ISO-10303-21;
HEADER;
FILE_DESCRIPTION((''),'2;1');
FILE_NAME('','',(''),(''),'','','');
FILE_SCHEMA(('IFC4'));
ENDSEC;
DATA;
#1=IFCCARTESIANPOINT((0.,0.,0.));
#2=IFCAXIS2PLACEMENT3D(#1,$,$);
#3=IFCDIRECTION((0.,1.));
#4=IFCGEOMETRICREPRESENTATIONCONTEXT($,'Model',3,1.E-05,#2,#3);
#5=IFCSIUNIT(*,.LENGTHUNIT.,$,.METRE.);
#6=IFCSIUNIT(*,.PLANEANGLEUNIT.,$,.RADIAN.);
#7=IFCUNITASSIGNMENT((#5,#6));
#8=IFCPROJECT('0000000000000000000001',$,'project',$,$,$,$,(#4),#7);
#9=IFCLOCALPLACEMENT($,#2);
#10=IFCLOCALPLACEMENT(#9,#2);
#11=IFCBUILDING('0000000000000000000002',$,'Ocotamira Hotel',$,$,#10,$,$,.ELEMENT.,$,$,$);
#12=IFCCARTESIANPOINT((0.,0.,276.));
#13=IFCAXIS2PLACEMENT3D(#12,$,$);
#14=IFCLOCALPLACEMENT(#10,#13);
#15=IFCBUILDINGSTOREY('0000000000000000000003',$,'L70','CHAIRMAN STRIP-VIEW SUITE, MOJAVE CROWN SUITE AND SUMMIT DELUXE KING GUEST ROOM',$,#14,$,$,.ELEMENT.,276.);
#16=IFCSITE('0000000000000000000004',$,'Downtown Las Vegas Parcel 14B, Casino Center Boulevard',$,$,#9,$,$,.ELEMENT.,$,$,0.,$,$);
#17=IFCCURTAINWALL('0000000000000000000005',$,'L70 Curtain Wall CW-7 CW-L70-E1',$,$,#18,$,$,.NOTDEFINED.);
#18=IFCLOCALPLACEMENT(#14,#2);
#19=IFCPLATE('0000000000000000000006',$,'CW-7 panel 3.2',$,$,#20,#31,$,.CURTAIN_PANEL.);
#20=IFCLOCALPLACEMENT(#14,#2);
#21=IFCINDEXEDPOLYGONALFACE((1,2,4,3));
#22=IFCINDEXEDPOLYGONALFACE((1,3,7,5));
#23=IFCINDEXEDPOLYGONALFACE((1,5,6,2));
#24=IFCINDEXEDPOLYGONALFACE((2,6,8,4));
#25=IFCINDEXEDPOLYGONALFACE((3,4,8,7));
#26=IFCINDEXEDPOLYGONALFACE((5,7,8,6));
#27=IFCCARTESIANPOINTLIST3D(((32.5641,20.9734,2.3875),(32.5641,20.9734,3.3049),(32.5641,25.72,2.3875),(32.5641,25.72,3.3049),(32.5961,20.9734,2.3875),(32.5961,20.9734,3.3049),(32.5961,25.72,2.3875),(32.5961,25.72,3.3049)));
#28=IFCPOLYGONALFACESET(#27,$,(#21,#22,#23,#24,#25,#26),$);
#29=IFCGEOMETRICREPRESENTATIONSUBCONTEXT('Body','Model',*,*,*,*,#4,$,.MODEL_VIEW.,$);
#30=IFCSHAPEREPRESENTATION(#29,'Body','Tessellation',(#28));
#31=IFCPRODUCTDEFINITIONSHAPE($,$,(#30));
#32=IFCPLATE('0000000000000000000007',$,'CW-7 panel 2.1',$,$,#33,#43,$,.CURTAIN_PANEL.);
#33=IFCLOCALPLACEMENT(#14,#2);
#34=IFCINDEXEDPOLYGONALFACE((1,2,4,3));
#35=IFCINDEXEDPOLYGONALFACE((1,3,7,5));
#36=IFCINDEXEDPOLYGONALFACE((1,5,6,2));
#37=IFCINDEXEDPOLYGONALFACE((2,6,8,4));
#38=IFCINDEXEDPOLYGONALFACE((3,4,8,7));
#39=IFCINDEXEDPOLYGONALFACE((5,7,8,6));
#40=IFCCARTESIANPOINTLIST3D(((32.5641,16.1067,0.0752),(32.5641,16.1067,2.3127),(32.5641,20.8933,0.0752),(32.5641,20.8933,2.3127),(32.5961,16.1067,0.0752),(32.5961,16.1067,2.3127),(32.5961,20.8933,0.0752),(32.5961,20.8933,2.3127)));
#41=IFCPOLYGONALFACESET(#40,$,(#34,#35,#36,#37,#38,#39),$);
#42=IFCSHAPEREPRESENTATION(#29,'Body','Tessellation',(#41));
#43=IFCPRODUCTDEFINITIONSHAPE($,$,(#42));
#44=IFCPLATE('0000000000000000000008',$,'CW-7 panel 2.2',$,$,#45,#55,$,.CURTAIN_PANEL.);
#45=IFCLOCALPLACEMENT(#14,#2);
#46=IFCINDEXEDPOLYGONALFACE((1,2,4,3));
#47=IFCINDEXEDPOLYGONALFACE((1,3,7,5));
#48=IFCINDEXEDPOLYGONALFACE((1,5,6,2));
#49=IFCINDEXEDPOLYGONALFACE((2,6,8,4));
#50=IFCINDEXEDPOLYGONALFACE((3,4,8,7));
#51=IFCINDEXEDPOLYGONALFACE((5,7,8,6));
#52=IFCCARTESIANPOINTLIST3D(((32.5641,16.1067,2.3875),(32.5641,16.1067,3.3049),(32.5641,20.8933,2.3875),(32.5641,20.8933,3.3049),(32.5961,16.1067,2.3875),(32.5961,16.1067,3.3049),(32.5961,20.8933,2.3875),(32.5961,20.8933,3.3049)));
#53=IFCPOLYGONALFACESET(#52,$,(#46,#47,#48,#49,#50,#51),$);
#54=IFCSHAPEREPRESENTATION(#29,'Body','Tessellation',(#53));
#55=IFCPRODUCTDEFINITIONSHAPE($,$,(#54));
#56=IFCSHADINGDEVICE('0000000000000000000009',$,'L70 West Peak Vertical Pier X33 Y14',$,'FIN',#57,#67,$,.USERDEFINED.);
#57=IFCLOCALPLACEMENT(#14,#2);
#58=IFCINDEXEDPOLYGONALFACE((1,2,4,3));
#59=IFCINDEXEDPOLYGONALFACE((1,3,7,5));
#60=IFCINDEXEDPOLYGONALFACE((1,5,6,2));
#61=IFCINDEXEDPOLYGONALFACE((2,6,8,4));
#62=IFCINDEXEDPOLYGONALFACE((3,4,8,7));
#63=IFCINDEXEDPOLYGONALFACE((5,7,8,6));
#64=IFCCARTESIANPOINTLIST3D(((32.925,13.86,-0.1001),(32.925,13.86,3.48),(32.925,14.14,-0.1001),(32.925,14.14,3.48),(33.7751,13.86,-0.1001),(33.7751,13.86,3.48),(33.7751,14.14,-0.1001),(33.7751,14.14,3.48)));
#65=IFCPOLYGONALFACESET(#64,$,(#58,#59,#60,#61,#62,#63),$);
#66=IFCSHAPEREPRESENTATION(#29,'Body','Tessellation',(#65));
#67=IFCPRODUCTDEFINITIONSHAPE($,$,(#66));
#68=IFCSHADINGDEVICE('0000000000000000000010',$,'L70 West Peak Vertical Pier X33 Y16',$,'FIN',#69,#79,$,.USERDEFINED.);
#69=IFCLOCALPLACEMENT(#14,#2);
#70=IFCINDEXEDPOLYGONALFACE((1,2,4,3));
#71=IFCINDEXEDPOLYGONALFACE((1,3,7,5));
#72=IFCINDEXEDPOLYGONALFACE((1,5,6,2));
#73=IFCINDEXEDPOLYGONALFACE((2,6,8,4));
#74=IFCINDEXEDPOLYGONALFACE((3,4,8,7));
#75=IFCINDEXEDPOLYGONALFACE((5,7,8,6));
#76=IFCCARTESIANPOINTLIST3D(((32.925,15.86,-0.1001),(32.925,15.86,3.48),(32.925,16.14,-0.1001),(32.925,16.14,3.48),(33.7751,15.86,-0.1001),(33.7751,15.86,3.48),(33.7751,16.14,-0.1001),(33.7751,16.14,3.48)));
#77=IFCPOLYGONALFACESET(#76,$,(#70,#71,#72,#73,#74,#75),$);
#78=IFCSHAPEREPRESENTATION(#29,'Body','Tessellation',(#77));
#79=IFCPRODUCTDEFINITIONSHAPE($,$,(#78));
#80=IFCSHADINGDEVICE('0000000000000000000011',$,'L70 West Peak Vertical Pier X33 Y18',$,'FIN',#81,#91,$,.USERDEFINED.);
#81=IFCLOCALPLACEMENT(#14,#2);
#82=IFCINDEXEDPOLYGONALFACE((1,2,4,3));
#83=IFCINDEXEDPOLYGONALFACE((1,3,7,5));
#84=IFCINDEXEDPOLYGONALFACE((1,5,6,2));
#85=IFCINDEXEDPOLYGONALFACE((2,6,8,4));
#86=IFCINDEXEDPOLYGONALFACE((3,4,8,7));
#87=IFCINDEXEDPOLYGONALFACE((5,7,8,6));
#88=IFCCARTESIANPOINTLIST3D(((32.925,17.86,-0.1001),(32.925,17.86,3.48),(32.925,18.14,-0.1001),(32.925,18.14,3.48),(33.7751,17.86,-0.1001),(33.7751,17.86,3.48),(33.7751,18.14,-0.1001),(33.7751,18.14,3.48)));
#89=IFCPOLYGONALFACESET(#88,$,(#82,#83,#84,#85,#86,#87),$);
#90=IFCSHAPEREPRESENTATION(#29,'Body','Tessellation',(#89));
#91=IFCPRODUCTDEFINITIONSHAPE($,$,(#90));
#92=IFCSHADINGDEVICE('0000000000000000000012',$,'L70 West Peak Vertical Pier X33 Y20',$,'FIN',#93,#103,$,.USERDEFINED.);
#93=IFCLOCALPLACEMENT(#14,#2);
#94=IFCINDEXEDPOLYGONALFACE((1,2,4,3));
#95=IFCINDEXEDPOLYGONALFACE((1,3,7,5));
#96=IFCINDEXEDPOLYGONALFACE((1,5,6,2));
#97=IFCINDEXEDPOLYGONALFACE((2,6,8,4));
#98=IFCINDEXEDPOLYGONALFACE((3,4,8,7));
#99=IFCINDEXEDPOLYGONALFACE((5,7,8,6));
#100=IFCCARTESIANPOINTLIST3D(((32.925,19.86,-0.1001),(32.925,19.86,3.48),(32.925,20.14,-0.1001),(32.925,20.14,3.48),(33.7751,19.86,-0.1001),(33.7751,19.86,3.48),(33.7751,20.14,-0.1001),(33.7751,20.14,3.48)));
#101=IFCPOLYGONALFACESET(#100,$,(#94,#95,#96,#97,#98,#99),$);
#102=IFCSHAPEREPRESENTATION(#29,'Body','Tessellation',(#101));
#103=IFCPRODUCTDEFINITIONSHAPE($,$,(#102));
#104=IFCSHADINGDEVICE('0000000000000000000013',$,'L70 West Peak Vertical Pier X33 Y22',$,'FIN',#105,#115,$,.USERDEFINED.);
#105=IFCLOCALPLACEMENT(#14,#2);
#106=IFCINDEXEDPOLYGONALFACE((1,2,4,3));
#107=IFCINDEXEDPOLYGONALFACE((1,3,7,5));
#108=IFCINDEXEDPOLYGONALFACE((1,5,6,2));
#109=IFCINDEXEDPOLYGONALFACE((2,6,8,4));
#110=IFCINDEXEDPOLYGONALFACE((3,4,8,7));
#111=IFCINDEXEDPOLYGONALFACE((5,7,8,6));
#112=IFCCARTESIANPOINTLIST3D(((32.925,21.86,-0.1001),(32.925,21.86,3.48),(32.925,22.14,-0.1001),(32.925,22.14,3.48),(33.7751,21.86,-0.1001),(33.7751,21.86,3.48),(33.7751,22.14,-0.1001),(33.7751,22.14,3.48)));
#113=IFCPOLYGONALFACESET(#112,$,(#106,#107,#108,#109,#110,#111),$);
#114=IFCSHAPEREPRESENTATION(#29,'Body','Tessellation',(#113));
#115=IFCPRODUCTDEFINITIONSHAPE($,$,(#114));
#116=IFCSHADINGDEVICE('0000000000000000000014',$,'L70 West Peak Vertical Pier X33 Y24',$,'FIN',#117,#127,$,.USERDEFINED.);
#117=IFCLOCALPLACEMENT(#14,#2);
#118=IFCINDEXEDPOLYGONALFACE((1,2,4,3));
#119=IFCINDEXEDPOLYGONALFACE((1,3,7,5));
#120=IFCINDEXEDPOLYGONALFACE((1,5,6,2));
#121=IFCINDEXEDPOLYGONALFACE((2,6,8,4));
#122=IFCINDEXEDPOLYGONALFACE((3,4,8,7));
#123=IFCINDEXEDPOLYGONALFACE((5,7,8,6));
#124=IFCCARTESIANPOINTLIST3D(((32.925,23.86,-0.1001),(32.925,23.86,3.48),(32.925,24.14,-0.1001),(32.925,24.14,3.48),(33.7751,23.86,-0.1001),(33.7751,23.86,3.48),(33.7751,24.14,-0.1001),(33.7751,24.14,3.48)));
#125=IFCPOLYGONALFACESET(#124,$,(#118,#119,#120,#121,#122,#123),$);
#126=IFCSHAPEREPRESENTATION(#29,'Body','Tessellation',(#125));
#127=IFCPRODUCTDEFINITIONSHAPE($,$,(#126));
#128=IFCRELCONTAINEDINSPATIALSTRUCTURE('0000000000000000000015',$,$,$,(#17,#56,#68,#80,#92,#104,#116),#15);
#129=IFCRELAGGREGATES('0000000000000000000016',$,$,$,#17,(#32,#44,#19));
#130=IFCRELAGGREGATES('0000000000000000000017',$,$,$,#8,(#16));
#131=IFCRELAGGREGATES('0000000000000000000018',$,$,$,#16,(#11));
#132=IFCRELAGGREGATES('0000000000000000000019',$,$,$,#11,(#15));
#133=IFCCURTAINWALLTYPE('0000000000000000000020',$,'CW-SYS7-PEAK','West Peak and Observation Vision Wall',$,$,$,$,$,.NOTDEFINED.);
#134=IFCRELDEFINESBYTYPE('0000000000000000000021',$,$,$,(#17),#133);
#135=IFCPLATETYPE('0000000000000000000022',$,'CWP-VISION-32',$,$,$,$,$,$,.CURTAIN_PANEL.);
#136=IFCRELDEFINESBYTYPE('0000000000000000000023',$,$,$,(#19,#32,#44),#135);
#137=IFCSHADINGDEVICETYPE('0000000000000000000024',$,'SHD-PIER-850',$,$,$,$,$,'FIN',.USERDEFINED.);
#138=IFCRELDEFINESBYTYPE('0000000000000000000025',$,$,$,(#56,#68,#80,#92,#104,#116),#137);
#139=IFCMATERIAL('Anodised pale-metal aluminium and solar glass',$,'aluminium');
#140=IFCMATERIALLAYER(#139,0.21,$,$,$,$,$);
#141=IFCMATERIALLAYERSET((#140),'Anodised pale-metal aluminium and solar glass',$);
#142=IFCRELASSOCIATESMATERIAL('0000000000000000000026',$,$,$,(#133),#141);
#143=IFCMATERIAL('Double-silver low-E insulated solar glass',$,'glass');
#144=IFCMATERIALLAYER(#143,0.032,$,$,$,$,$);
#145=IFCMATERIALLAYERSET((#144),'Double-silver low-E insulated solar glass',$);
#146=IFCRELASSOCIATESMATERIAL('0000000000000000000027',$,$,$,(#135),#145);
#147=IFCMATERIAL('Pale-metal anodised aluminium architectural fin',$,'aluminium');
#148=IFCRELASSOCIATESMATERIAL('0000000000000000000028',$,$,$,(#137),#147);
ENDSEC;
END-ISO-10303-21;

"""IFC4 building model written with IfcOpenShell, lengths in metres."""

from ifc_helpers import new_model, si_unit, direction, frame, origin, origin_2d, place, context, subcontext, project, spatial, rectangle, extrude, source, transform, mapped, material, layer, layer_set, type_object, element, aggregate, save


model = new_model("IFC4")

# Units and contexts
model_context = context("Model", 3, precision=1e-05, world=origin(), true_north=direction((0.0, 1.0)))
body_context = subcontext(model_context, "Body", "Model", "MODEL_VIEW")
ifc_project = project(units=[si_unit("LENGTHUNIT", "METRE"), si_unit("PLANEANGLEUNIT", "RADIAN")], contexts=[model_context])

# Site, building, storey
site_placement = place(None, origin())
site = spatial("IfcSite", under=ifc_project, at=site_placement, Name="Downtown Las Vegas Parcel 14B, Casino Center Boulevard", CompositionType="ELEMENT", RefElevation=0.0)
building_placement = place(site_placement, origin())
building = spatial("IfcBuilding", under=site, at=building_placement, Name="Ocotamira Hotel", CompositionType="ELEMENT")
storey_placement = place(building_placement, frame((0.0, 0.0, 276.0)))
storey = spatial("IfcBuildingStorey", under=building, at=storey_placement, Name="L70", Description="CHAIRMAN STRIP-VIEW SUITE, MOJAVE CROWN SUITE AND SUMMIT DELUXE KING GUEST ROOM", CompositionType="ELEMENT", Elevation=276.0)

# Curtain wall, plates
ifc_material_1 = material(Name="Anodised pale-metal aluminium and solar glass", Category="aluminium")
ifc_layer_1 = layer(ifc_material_1, 0.21)
ifc_layer_set_1 = layer_set([ifc_layer_1], Name="Anodised pale-metal aluminium and solar glass")
curtain_wall_type = type_object("IfcCurtainWallType", Name="CW-SYS7-PEAK", Description="West Peak and Observation Vision Wall", PredefinedType="NOTDEFINED", material=ifc_layer_set_1)
curtain_wall_placement = place(storey_placement, origin())
curtain_wall = element("IfcCurtainWall", 1, at=curtain_wall_placement, inside=storey, type_object=curtain_wall_type, Name="L70 Curtain Wall CW-7 CW-L70-E1", PredefinedType="NOTDEFINED")
ifc_material_2 = material(Name="Double-silver low-E insulated solar glass", Category="glass")
ifc_layer_2 = layer(ifc_material_2, 0.032)
ifc_layer_set_2 = layer_set([ifc_layer_2], Name="Double-silver low-E insulated solar glass")
plate_type = type_object("IfcPlateType", Name="CWP-VISION-32", PredefinedType="CURTAIN_PANEL", material=ifc_layer_set_2)
shared_shape_1 = source(origin(), body_context, "Body", "SweptSolid", [
    extrude(rectangle(XDim=4.7466, YDim=0.032, at=origin_2d()), origin(), (0.0, 0.0, 1.0), 0.9175),
])
plate_1_placement = place(storey_placement, frame((32.5801, 23.3467, 2.3875), z_axis=(0.0, 0.0, 1.0), x_axis=(0.0, 1.0, 0.0)))
plate_1 = element("IfcPlate", 2, at=plate_1_placement, type_object=plate_type, Name="CW-7 panel 3.2", PredefinedType="CURTAIN_PANEL", context=body_context, shape_type="MappedRepresentation", body=[
    mapped(shared_shape_1, transform((0.0, 0.0, 0.0), scale=1.0)),
])
shared_shape_2 = source(origin(), body_context, "Body", "SweptSolid", [
    extrude(rectangle(XDim=4.7866, YDim=0.032, at=origin_2d()), origin(), (0.0, 0.0, 1.0), 2.2375),
])
plate_2_placement = place(storey_placement, frame((32.5801, 18.5, 0.0752), z_axis=(0.0, 0.0, 1.0), x_axis=(0.0, 1.0, 0.0)))
plate_2 = element("IfcPlate", 3, at=plate_2_placement, type_object=plate_type, Name="CW-7 panel 2.1", PredefinedType="CURTAIN_PANEL", context=body_context, shape_type="MappedRepresentation", body=[
    mapped(shared_shape_2, transform((0.0, 0.0, 0.0), scale=1.0)),
])
shared_shape_3 = source(origin(), body_context, "Body", "SweptSolid", [
    extrude(rectangle(XDim=4.7866, YDim=0.032, at=origin_2d()), origin(), (0.0, 0.0, 1.0), 0.9175),
])
plate_3_placement = place(storey_placement, frame((32.5801, 18.5, 2.3875), z_axis=(0.0, 0.0, 1.0), x_axis=(0.0, 1.0, 0.0)))
plate_3 = element("IfcPlate", 4, at=plate_3_placement, type_object=plate_type, Name="CW-7 panel 2.2", PredefinedType="CURTAIN_PANEL", context=body_context, shape_type="MappedRepresentation", body=[
    mapped(shared_shape_3, transform((0.0, 0.0, 0.0), scale=1.0)),
])
aggregate(curtain_wall, [plate_2, plate_3, plate_1])

# Shading devices
ifc_material_3 = material(Name="Pale-metal anodised aluminium architectural fin", Category="aluminium")
shading_device_type = type_object("IfcShadingDeviceType", Name="SHD-PIER-850", ElementType="FIN", PredefinedType="USERDEFINED", material=ifc_material_3)
shared_shape_4 = source(origin(), body_context, "Body", "SweptSolid", [
    extrude(rectangle(XDim=0.8501, YDim=0.28, at=origin_2d()), origin(), (0.0, 0.0, 1.0), 3.5801),
])
for number, where, z_axis, x_axis, name in (
    (5, (33.3501, 14.0, -0.1001), (0.0, 0.0, 1.0), (1.0, 0.0, 0.0), "L70 West Peak Vertical Pier X33 Y14"),
    (6, (33.3501, 16.0, -0.1001), (0.0, 0.0, 1.0), (1.0, 0.0, 0.0), "L70 West Peak Vertical Pier X33 Y16"),
    (7, (33.3501, 18.0, -0.1001), (0.0, 0.0, 1.0), (1.0, 0.0, 0.0), "L70 West Peak Vertical Pier X33 Y18"),
    (8, (33.3501, 20.0, -0.1001), (0.0, 0.0, 1.0), (1.0, 0.0, 0.0), "L70 West Peak Vertical Pier X33 Y20"),
    (9, (33.3501, 22.0, -0.1001), (0.0, 0.0, 1.0), (1.0, 0.0, 0.0), "L70 West Peak Vertical Pier X33 Y22"),
    (10, (33.3501, 24.0, -0.1001), (0.0, 0.0, 1.0), (1.0, 0.0, 0.0), "L70 West Peak Vertical Pier X33 Y24"),
):
    element("IfcShadingDevice", number, at=place(storey_placement, frame(where, z_axis=z_axis, x_axis=x_axis)), inside=storey, type_object=shading_device_type, Name=name, ObjectType="FIN", PredefinedType="USERDEFINED", context=body_context, shape_type="MappedRepresentation", body=[
        mapped(shared_shape_4, transform((0.0, 0.0, 0.0), scale=1.0)),
    ])

save(model, "model.ifc")
